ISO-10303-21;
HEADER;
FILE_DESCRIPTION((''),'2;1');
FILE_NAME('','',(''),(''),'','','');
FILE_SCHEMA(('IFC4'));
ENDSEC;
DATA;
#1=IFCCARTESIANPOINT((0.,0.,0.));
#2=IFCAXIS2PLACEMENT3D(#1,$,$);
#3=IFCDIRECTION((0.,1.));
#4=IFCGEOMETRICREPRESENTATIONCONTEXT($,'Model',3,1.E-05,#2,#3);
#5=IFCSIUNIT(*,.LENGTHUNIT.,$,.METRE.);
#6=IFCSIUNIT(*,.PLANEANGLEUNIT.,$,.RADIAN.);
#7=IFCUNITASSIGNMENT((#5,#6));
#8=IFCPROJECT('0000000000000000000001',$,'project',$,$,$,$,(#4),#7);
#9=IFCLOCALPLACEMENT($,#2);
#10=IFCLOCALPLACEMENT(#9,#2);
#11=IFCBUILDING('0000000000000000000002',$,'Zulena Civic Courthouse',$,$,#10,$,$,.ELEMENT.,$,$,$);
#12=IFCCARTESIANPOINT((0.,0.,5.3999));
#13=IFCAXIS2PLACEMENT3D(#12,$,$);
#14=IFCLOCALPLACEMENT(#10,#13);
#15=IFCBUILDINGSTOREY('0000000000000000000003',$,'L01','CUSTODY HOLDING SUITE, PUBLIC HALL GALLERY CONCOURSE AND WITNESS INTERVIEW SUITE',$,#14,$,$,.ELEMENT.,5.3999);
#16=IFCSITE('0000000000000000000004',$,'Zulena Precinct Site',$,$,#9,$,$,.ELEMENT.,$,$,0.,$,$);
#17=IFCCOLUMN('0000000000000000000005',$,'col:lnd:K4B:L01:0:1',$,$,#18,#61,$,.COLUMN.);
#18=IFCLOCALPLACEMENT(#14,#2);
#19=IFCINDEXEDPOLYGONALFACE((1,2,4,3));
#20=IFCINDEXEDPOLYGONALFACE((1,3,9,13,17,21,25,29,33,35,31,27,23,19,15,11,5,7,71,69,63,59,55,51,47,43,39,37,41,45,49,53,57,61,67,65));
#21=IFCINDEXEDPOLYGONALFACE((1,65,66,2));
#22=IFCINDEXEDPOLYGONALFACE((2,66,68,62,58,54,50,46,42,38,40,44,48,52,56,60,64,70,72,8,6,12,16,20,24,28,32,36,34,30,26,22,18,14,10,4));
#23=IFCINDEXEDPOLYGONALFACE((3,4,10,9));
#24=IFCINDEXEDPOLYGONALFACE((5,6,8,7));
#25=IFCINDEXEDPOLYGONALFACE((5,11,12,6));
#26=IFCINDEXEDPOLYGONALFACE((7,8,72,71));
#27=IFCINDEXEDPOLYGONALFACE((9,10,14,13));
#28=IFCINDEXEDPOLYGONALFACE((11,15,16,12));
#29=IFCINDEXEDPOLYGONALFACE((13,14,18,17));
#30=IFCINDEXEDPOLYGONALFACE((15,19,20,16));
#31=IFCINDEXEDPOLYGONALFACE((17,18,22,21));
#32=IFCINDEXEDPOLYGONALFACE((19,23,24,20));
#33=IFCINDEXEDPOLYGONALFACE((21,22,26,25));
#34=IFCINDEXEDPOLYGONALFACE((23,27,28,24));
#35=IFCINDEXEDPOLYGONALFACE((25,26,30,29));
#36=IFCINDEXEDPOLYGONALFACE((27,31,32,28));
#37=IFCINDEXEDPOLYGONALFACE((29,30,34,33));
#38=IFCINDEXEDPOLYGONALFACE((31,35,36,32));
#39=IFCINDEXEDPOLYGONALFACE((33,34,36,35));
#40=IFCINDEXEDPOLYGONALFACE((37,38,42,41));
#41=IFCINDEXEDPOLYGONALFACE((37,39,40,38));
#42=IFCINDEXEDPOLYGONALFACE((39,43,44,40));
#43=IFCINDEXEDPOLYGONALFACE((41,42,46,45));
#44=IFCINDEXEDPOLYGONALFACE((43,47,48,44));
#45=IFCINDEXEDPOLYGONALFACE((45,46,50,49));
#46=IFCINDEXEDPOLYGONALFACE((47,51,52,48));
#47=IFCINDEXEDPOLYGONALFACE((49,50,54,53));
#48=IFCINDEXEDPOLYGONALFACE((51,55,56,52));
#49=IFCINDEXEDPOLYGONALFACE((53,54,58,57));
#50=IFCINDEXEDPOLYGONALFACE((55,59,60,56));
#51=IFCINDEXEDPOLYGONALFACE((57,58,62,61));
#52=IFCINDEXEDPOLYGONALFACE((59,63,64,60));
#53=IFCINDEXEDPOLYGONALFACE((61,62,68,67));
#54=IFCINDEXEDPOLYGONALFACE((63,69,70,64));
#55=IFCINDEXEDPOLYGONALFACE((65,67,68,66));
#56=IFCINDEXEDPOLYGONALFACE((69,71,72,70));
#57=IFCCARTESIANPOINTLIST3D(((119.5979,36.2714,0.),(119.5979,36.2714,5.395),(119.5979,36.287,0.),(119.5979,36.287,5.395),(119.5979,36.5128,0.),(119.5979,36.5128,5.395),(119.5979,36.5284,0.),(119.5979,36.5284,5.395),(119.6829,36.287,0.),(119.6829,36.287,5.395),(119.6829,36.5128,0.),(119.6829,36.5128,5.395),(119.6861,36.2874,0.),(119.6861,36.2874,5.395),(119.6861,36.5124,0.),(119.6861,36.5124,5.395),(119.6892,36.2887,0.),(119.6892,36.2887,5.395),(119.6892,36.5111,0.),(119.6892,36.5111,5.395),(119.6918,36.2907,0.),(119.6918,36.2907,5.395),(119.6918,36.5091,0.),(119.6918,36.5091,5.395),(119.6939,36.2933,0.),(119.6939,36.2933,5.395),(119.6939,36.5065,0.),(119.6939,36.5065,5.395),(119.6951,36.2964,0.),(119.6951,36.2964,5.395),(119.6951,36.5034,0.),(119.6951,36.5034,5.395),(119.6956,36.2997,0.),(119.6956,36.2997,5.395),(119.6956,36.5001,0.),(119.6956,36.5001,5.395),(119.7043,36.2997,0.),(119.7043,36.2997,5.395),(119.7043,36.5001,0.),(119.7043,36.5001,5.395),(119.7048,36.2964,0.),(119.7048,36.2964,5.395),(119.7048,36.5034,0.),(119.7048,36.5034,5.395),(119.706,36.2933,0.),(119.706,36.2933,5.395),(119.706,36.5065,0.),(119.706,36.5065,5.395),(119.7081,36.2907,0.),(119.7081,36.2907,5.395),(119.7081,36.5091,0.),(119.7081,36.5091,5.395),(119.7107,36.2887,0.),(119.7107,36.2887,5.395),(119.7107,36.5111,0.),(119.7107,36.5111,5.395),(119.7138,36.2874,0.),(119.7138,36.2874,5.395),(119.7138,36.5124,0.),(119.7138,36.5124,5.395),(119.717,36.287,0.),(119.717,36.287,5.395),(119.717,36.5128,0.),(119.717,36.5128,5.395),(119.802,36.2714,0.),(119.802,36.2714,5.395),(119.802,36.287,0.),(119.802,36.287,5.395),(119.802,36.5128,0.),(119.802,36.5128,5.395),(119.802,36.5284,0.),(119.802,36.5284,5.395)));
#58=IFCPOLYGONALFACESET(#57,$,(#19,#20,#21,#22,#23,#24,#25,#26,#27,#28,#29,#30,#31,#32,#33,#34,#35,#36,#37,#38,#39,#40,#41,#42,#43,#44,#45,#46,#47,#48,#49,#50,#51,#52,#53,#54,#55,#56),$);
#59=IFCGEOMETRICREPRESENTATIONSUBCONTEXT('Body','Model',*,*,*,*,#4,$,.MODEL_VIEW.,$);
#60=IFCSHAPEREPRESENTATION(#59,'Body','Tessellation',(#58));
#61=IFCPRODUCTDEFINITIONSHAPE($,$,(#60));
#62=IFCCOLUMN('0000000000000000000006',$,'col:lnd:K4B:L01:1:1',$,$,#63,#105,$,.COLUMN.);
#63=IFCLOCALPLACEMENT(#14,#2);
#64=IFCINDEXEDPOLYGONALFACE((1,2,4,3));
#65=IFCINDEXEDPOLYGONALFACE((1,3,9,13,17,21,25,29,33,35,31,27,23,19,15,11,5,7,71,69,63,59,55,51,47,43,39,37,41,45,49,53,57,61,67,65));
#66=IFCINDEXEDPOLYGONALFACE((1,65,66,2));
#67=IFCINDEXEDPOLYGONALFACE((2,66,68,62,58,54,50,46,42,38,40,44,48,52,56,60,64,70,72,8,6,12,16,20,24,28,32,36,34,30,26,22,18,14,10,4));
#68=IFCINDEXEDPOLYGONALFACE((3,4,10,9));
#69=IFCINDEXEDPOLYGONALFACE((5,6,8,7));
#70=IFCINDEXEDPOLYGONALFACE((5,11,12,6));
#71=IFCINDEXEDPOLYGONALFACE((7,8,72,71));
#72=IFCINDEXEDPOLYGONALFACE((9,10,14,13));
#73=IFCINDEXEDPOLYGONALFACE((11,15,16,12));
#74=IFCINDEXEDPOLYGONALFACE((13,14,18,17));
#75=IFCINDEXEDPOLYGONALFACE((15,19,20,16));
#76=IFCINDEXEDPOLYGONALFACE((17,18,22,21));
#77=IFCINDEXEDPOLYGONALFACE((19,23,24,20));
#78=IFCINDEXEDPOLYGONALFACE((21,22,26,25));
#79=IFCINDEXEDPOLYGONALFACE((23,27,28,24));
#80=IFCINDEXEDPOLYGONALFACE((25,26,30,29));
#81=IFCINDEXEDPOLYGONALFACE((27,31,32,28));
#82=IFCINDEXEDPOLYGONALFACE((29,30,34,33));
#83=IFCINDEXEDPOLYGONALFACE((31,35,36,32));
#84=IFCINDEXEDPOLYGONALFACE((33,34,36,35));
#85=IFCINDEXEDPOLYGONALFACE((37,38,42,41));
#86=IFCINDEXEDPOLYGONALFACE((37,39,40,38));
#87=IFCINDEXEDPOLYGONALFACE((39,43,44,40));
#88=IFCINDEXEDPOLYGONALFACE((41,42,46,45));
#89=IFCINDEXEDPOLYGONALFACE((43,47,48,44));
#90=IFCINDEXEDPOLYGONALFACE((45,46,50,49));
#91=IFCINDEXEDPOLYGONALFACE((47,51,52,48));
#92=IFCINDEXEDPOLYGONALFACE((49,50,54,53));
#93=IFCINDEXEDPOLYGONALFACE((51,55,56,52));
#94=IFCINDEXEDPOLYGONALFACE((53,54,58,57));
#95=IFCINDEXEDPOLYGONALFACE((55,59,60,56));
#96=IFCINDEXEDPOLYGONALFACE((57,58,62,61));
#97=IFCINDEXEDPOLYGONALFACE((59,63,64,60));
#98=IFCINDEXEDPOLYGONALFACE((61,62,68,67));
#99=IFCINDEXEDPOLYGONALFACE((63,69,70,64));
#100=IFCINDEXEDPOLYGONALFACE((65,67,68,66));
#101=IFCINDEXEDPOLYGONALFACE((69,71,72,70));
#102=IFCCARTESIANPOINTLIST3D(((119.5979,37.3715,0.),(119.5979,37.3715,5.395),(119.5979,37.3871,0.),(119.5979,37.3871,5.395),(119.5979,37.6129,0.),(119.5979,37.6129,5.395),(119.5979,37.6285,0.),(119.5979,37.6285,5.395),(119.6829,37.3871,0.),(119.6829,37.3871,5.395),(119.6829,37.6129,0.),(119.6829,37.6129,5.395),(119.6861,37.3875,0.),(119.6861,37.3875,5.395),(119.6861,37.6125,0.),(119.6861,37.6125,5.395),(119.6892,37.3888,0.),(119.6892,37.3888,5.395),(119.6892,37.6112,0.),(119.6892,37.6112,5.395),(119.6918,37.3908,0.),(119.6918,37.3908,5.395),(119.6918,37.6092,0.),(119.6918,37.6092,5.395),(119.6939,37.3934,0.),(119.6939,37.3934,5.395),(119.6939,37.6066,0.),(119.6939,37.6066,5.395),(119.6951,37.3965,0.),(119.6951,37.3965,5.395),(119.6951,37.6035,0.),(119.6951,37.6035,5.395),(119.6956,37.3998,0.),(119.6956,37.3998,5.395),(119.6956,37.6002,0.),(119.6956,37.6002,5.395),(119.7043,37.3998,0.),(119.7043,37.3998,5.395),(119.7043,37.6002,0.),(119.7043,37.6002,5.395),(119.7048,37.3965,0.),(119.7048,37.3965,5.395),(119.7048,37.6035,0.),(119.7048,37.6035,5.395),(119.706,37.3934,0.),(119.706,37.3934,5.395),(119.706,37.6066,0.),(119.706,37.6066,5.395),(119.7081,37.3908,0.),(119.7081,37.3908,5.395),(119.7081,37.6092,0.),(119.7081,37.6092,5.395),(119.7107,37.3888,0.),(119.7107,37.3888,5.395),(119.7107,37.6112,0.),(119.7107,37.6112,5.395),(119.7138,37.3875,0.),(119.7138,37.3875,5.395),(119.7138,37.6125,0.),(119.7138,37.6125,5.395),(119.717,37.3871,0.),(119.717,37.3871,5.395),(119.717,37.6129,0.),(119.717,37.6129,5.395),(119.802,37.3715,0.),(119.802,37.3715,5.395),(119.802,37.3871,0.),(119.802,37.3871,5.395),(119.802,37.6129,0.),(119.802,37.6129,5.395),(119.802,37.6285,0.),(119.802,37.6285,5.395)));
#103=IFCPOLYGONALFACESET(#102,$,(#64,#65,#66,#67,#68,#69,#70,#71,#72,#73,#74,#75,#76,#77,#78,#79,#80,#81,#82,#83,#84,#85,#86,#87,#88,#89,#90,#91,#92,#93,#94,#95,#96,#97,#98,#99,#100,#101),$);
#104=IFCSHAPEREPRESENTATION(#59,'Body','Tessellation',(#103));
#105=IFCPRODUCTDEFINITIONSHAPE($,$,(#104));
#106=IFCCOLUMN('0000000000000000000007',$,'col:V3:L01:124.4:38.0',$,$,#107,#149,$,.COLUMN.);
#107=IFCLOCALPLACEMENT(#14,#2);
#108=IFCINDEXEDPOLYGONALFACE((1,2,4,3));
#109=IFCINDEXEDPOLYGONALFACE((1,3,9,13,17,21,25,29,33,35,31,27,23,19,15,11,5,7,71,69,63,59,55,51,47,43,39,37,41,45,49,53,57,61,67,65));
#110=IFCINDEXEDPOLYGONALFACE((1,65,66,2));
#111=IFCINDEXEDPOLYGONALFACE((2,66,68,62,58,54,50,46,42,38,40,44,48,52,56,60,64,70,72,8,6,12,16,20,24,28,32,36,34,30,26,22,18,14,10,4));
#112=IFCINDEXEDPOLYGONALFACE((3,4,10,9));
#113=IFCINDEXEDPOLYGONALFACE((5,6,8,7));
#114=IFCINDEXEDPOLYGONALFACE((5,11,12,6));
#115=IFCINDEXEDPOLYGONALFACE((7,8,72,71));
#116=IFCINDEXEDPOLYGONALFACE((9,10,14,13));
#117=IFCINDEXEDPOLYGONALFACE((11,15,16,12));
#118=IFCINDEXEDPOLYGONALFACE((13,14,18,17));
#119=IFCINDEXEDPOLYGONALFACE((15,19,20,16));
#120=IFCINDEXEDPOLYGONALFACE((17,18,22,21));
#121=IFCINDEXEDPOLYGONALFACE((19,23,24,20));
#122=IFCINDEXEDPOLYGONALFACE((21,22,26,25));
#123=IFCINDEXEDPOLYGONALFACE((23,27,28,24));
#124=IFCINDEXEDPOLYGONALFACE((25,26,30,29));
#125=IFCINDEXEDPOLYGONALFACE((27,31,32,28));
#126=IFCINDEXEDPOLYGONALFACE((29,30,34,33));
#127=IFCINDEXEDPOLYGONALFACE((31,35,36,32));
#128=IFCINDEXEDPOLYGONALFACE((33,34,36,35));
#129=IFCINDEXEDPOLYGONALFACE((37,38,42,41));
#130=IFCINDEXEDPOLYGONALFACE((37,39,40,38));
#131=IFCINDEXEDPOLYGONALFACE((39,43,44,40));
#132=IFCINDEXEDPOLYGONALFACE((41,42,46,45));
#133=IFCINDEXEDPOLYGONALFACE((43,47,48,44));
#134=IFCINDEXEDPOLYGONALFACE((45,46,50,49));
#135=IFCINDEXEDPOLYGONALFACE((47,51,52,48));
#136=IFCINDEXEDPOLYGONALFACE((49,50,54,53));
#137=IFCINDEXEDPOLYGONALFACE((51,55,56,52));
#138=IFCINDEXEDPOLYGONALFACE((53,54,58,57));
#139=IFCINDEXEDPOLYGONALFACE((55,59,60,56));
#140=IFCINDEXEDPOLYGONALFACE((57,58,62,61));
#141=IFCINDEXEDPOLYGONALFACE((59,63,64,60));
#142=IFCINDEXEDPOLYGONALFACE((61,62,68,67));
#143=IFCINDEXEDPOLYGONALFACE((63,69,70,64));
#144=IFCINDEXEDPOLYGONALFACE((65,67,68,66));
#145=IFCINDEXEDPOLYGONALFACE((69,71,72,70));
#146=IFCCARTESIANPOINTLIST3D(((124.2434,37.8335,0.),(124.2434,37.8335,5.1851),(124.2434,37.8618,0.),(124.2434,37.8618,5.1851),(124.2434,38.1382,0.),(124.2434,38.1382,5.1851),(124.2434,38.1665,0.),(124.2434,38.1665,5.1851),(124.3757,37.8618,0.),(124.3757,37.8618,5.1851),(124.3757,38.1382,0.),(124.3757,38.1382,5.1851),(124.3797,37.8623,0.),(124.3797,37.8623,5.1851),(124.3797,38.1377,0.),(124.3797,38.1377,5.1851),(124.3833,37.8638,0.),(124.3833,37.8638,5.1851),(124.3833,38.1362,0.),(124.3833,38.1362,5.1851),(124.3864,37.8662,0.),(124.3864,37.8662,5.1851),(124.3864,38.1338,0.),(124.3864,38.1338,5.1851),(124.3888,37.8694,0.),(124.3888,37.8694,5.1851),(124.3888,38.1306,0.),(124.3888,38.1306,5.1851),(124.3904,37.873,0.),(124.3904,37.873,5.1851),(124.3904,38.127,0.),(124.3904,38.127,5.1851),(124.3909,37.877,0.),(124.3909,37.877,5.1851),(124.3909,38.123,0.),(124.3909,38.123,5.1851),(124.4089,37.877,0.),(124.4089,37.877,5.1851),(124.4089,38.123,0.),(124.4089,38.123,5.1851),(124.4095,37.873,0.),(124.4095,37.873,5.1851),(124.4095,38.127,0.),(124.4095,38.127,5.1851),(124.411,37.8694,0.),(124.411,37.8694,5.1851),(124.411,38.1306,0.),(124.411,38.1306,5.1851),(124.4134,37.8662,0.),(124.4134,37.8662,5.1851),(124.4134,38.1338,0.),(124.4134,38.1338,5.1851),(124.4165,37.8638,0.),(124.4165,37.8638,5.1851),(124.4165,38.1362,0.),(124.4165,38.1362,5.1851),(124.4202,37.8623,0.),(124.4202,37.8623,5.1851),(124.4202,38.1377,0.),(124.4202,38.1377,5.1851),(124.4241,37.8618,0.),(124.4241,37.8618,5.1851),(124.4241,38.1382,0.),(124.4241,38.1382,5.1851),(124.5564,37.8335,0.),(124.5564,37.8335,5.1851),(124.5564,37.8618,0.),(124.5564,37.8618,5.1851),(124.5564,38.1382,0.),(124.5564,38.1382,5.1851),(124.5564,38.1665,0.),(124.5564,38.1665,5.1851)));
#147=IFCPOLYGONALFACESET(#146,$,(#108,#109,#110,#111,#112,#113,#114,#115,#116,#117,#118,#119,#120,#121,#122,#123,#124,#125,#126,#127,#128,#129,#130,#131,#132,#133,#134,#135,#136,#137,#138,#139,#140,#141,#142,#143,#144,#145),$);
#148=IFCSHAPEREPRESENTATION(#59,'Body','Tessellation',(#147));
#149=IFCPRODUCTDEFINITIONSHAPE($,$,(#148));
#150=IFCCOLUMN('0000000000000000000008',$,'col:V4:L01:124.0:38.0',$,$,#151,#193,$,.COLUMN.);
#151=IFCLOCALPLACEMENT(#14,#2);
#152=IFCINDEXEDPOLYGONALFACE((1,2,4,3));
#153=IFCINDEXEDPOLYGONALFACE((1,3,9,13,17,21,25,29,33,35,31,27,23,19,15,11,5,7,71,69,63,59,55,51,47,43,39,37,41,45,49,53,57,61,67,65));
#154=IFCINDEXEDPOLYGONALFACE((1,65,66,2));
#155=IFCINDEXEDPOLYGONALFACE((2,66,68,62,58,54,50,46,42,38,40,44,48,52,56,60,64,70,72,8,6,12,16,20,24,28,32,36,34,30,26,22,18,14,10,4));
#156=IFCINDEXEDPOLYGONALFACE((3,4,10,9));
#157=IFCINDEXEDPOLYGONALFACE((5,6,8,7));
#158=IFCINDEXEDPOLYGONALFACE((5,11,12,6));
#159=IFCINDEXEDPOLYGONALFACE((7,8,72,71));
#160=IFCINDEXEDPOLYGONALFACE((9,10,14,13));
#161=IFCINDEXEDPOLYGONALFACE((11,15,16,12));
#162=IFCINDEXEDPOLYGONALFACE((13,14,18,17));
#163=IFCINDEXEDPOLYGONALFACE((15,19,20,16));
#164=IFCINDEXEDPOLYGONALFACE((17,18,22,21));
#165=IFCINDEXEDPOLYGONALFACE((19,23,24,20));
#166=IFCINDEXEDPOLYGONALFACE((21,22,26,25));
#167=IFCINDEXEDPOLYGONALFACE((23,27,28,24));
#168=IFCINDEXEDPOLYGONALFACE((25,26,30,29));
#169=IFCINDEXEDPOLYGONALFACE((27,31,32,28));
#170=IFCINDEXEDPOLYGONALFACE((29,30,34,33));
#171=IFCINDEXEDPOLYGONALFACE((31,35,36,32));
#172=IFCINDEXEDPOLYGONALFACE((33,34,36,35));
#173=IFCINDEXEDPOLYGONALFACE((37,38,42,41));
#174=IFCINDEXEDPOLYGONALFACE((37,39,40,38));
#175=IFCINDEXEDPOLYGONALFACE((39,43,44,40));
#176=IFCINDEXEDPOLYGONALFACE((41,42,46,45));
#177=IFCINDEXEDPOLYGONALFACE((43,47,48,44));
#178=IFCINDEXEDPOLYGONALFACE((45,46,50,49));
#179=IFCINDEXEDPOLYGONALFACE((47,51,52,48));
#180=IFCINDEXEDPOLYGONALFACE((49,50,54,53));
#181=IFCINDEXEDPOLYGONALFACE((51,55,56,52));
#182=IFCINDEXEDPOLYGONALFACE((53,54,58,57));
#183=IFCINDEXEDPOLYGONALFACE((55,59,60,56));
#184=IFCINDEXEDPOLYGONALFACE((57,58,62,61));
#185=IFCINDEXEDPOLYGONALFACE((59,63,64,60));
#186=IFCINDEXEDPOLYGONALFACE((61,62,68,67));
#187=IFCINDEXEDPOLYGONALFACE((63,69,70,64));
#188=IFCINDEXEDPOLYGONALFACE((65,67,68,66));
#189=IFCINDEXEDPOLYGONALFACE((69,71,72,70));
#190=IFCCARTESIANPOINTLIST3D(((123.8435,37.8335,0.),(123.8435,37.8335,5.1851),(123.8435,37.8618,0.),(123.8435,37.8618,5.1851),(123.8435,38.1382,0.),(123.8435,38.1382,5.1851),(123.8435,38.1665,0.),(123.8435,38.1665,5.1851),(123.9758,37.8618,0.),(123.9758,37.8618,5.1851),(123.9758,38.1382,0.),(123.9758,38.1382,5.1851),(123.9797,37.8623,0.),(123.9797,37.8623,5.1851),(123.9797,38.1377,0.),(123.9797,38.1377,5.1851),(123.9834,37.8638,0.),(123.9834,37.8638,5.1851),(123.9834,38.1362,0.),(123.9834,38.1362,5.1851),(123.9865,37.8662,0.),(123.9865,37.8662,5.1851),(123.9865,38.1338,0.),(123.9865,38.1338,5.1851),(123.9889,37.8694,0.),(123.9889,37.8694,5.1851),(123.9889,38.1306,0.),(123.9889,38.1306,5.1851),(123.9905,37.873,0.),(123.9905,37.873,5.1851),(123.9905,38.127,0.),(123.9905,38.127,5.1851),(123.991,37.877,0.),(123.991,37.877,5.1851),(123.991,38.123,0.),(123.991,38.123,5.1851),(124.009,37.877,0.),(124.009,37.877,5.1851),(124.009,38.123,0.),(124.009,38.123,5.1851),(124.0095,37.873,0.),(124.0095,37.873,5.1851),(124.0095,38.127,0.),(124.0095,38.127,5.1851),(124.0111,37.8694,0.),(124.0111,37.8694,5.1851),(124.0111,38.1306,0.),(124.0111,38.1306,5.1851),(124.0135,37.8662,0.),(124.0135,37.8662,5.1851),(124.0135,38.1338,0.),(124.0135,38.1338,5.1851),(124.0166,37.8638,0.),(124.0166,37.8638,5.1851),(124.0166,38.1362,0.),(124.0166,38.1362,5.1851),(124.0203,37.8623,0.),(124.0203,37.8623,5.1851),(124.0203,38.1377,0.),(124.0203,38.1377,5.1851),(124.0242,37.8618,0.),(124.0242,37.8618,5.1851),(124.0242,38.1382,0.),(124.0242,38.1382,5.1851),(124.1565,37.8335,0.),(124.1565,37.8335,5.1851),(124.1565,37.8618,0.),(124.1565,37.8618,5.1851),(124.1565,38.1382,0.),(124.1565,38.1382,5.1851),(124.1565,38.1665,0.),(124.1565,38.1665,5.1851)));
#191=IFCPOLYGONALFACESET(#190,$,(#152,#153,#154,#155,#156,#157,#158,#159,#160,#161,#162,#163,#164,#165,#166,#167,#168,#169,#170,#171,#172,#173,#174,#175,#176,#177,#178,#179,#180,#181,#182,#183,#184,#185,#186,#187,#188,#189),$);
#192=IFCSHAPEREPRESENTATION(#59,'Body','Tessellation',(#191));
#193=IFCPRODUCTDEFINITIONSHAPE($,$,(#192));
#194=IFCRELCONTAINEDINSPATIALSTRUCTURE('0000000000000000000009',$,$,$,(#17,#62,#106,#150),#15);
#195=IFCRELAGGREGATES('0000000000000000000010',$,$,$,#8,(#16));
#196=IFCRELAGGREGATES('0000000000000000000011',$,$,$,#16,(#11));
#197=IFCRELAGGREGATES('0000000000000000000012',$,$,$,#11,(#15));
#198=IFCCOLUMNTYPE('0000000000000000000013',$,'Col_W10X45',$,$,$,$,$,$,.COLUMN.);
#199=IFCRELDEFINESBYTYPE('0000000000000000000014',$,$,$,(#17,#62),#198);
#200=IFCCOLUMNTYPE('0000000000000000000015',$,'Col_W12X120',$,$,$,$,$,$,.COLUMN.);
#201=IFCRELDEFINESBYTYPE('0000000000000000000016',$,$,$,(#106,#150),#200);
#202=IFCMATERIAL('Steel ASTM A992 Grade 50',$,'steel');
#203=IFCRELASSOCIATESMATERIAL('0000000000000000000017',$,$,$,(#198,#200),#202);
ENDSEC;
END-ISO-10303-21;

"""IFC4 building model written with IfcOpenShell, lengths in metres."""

from ifc_helpers import new_model, si_unit, direction, frame, origin, origin_2d, place, context, subcontext, project, spatial, i_section, extrude, material, material_profile, profile_set, type_object, element, save


model = new_model("IFC4")

# Units and contexts
model_context = context("Model", 3, precision=1e-05, world=origin(), true_north=direction((0.0, 1.0)))
body_context = subcontext(model_context, "Body", "Model", "MODEL_VIEW")
ifc_project = project(units=[si_unit("LENGTHUNIT", "METRE"), si_unit("PLANEANGLEUNIT", "RADIAN")], contexts=[model_context])

# Site, building, storey
site_placement = place(None, origin())
site = spatial("IfcSite", under=ifc_project, at=site_placement, Name="Zulena Precinct Site", CompositionType="ELEMENT", RefElevation=0.0)
building_placement = place(site_placement, origin())
building = spatial("IfcBuilding", under=site, at=building_placement, Name="Zulena Civic Courthouse", CompositionType="ELEMENT")
storey_placement = place(building_placement, frame((0.0, 0.0, 5.3999)))
storey = spatial("IfcBuildingStorey", under=building, at=storey_placement, Name="L01", Description="CUSTODY HOLDING SUITE, PUBLIC HALL GALLERY CONCOURSE AND WITNESS INTERVIEW SUITE", CompositionType="ELEMENT", Elevation=5.3999)

# Columns
ifc_material_1 = material(Name="Steel ASTM A992 Grade 50", Category="steel")
ifc_material_profile_1 = material_profile(ifc_material_1, i_section(OverallWidth=0.2041, OverallDepth=0.2571, WebThickness=0.0088, FlangeThickness=0.0156, FilletRadius=0.0127, at=origin_2d()), Name="W10X45")
ifc_profile_set_1 = profile_set([ifc_material_profile_1], Name="Steel ASTM A992 Grade 50")
column_type_1 = type_object("IfcColumnType", Name="Col_W10X45", PredefinedType="COLUMN", material=ifc_profile_set_1)
for number, where, z_axis, x_axis, name in (
    (1, (119.7, 36.3999, 0.0), (0.0, 0.0, 1.0), (1.0, 0.0, 0.0), "col:lnd:K4B:L01:0:1"),
    (2, (119.7, 37.5, 0.0), (0.0, 0.0, 1.0), (1.0, 0.0, 0.0), "col:lnd:K4B:L01:1:1"),
):
    element("IfcColumn", number, at=place(storey_placement, frame(where, z_axis=z_axis, x_axis=x_axis)), inside=storey, type_object=column_type_1, Name=name, PredefinedType="COLUMN", context=body_context, shape_type="SweptSolid", body=[
        extrude(i_section(OverallWidth=0.2041, OverallDepth=0.2571, WebThickness=0.0088, FlangeThickness=0.0156, FilletRadius=0.0127, at=origin_2d()), origin(), (0.0, 0.0, 1.0), 5.395),
    ])
ifc_material_profile_2 = material_profile(ifc_material_1, i_section(OverallWidth=0.313, OverallDepth=0.333, WebThickness=0.0181, FlangeThickness=0.0283, FilletRadius=0.0151, at=origin_2d()), Name="W12X120")
ifc_profile_set_2 = profile_set([ifc_material_profile_2], Name="Steel ASTM A992 Grade 50")
column_type_2 = type_object("IfcColumnType", Name="Col_W12X120", PredefinedType="COLUMN", material=ifc_profile_set_2)
for number, where, z_axis, x_axis, name in (
    (3, (124.3999, 38.0, 0.0), (0.0, 0.0, 1.0), (1.0, 0.0, 0.0), "col:V3:L01:124.4:38.0"),
    (4, (124.0, 38.0, 0.0), (0.0, 0.0, 1.0), (1.0, 0.0, 0.0), "col:V4:L01:124.0:38.0"),
):
    element("IfcColumn", number, at=place(storey_placement, frame(where, z_axis=z_axis, x_axis=x_axis)), inside=storey, type_object=column_type_2, Name=name, PredefinedType="COLUMN", context=body_context, shape_type="SweptSolid", body=[
        extrude(i_section(OverallWidth=0.313, OverallDepth=0.333, WebThickness=0.0181, FlangeThickness=0.0283, FilletRadius=0.0151, at=origin_2d()), origin(), (0.0, 0.0, 1.0), 5.1851),
    ])

save(model, "model.ifc")
